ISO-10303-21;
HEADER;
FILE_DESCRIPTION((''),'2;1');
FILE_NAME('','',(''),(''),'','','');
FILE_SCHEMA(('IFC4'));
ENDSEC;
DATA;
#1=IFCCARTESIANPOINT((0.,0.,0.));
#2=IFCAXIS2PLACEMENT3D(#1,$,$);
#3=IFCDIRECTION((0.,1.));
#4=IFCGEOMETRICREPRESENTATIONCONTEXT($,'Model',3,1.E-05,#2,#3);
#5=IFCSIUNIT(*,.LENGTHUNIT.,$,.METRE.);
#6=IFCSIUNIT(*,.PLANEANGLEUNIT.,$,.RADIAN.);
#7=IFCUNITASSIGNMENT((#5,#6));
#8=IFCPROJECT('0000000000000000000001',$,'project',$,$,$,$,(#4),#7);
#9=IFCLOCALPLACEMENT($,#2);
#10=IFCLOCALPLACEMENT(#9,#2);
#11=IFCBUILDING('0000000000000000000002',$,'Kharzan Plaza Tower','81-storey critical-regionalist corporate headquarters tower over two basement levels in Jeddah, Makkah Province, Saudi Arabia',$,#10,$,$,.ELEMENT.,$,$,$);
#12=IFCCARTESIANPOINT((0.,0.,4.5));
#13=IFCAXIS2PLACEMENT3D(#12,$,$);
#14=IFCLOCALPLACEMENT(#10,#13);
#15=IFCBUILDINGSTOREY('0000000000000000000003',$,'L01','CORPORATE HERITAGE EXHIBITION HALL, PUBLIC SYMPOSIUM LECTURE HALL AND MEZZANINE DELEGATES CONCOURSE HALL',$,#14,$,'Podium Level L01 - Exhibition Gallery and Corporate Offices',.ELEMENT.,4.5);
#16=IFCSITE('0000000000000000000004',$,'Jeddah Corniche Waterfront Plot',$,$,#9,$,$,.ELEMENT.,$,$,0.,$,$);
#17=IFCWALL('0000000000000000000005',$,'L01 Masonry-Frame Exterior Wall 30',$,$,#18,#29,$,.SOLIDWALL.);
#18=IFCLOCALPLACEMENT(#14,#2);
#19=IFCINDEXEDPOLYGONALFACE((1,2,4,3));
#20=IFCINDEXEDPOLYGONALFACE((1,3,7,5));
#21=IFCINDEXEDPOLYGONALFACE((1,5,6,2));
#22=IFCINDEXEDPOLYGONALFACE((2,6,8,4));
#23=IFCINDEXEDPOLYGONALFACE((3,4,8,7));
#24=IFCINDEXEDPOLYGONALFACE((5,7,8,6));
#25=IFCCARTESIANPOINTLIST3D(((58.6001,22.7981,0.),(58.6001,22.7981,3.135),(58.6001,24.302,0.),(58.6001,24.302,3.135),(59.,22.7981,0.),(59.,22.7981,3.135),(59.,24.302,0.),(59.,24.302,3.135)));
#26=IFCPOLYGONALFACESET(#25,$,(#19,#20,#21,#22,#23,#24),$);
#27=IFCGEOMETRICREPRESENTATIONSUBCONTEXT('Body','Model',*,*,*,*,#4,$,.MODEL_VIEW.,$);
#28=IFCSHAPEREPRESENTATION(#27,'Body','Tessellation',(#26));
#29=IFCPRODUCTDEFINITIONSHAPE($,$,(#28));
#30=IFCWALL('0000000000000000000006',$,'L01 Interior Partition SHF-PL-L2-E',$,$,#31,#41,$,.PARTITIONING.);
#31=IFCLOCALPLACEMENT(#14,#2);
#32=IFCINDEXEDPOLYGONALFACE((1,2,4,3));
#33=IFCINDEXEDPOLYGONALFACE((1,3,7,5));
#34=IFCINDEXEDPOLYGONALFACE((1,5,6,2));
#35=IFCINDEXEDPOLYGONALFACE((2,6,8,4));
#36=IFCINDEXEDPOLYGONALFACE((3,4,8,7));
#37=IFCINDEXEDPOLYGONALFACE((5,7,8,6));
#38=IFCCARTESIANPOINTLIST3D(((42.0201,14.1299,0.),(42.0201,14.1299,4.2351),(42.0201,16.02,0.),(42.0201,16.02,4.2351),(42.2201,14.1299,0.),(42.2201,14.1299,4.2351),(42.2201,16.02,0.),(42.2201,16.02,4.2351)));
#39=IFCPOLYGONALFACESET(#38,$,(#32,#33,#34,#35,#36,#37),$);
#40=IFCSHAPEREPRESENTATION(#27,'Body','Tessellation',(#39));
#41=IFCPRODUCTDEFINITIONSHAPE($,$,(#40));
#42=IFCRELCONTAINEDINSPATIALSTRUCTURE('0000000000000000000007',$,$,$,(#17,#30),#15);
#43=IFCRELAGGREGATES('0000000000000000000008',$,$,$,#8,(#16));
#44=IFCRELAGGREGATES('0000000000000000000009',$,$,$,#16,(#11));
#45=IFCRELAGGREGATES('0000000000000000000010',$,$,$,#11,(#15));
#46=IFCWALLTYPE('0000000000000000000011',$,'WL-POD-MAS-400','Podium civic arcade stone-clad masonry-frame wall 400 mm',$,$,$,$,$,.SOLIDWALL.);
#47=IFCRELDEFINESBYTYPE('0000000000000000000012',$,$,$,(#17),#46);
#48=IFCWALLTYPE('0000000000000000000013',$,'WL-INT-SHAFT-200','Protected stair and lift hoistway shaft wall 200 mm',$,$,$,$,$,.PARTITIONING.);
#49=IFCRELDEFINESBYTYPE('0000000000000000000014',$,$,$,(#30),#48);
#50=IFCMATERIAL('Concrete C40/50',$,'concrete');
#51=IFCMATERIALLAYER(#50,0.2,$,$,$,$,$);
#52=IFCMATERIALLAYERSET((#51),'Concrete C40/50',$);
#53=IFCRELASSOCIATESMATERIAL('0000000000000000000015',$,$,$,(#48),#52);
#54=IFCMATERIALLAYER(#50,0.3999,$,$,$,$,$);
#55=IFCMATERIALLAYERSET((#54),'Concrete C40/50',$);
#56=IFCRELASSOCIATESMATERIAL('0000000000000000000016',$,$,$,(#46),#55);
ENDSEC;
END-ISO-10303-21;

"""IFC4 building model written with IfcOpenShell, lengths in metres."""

from ifc_helpers import new_model, si_unit, direction, frame, frame_2d, origin, place, context, subcontext, project, spatial, rectangle, extrude, source, transform, mapped, material, layer, layer_set, type_object, element, save


model = new_model("IFC4")

# Units and contexts
model_context = context("Model", 3, precision=1e-05, world=origin(), true_north=direction((0.0, 1.0)))
body_context = subcontext(model_context, "Body", "Model", "MODEL_VIEW")
ifc_project = project(units=[si_unit("LENGTHUNIT", "METRE"), si_unit("PLANEANGLEUNIT", "RADIAN")], contexts=[model_context])

# Site, building, storey
site_placement = place(None, origin())
site = spatial("IfcSite", under=ifc_project, at=site_placement, Name="Jeddah Corniche Waterfront Plot", CompositionType="ELEMENT", RefElevation=0.0)
building_placement = place(site_placement, origin())
building = spatial("IfcBuilding", under=site, at=building_placement, Name="Kharzan Plaza Tower", Description="81-storey critical-regionalist corporate headquarters tower over two basement levels in Jeddah, Makkah Province, Saudi Arabia", CompositionType="ELEMENT")
storey_placement = place(building_placement, frame((0.0, 0.0, 4.5)))
storey = spatial("IfcBuildingStorey", under=building, at=storey_placement, Name="L01", Description="CORPORATE HERITAGE EXHIBITION HALL, PUBLIC SYMPOSIUM LECTURE HALL AND MEZZANINE DELEGATES CONCOURSE HALL", LongName="Podium Level L01 - Exhibition Gallery and Corporate Offices", CompositionType="ELEMENT", Elevation=4.5)

# Shared definitions
ifc_material_1 = material(Name="Concrete C40/50", Category="concrete")
ifc_layer_1 = layer(ifc_material_1, 0.2)
ifc_layer_set_1 = layer_set([ifc_layer_1], Name="Concrete C40/50")
wall_type_1 = type_object("IfcWallType", Name="WL-INT-SHAFT-200", Description="Protected stair and lift hoistway shaft wall 200 mm", PredefinedType="PARTITIONING", material=ifc_layer_set_1)

# Shared definitions
ifc_layer_2 = layer(ifc_material_1, 0.3999)
ifc_layer_set_2 = layer_set([ifc_layer_2], Name="Concrete C40/50")
wall_type_2 = type_object("IfcWallType", Name="WL-POD-MAS-400", Description="Podium civic arcade stone-clad masonry-frame wall 400 mm", PredefinedType="SOLIDWALL", material=ifc_layer_set_2)

# Walls
shared_shape_1 = source(origin(), body_context, "Body", "SweptSolid", [
    extrude(rectangle(XDim=1.5039, YDim=0.3999, at=frame_2d((0.752, 0.0))), origin(), (0.0, 0.0, 1.0), 3.135),
])
wall_1_placement = place(storey_placement, frame((58.8, 22.7981, 0.0), z_axis=(0.0, 0.0, 1.0), x_axis=(0.0, 1.0, 0.0)))
element("IfcWall", 1, at=wall_1_placement, inside=storey, type_object=wall_type_2, Name="L01 Masonry-Frame Exterior Wall 30", PredefinedType="SOLIDWALL", context=body_context, shape_type="MappedRepresentation", body=[
    mapped(shared_shape_1, transform((0.0, 0.0, 0.0), x_axis=(1.0, 0.0, 0.0), y_axis=(0.0, 1.0, 0.0), z_axis=(0.0, 0.0, 1.0))),
])
shared_shape_2 = source(origin(), body_context, "Body", "SweptSolid", [
    extrude(rectangle(XDim=1.8901, YDim=0.2, at=frame_2d((0.9451, 0.0))), origin(), (0.0, 0.0, 1.0), 4.2351),
])
wall_2_placement = place(storey_placement, frame((42.1201, 14.1299, 0.0), z_axis=(0.0, 0.0, 1.0), x_axis=(0.0, 1.0, 0.0)))
element("IfcWall", 2, at=wall_2_placement, inside=storey, type_object=wall_type_1, Name="L01 Interior Partition SHF-PL-L2-E", PredefinedType="PARTITIONING", context=body_context, shape_type="MappedRepresentation", body=[
    mapped(shared_shape_2, transform((0.0, 0.0, 0.0), x_axis=(1.0, 0.0, 0.0), y_axis=(0.0, 1.0, 0.0), z_axis=(0.0, 0.0, 1.0))),
])

save(model, "model.ifc")
